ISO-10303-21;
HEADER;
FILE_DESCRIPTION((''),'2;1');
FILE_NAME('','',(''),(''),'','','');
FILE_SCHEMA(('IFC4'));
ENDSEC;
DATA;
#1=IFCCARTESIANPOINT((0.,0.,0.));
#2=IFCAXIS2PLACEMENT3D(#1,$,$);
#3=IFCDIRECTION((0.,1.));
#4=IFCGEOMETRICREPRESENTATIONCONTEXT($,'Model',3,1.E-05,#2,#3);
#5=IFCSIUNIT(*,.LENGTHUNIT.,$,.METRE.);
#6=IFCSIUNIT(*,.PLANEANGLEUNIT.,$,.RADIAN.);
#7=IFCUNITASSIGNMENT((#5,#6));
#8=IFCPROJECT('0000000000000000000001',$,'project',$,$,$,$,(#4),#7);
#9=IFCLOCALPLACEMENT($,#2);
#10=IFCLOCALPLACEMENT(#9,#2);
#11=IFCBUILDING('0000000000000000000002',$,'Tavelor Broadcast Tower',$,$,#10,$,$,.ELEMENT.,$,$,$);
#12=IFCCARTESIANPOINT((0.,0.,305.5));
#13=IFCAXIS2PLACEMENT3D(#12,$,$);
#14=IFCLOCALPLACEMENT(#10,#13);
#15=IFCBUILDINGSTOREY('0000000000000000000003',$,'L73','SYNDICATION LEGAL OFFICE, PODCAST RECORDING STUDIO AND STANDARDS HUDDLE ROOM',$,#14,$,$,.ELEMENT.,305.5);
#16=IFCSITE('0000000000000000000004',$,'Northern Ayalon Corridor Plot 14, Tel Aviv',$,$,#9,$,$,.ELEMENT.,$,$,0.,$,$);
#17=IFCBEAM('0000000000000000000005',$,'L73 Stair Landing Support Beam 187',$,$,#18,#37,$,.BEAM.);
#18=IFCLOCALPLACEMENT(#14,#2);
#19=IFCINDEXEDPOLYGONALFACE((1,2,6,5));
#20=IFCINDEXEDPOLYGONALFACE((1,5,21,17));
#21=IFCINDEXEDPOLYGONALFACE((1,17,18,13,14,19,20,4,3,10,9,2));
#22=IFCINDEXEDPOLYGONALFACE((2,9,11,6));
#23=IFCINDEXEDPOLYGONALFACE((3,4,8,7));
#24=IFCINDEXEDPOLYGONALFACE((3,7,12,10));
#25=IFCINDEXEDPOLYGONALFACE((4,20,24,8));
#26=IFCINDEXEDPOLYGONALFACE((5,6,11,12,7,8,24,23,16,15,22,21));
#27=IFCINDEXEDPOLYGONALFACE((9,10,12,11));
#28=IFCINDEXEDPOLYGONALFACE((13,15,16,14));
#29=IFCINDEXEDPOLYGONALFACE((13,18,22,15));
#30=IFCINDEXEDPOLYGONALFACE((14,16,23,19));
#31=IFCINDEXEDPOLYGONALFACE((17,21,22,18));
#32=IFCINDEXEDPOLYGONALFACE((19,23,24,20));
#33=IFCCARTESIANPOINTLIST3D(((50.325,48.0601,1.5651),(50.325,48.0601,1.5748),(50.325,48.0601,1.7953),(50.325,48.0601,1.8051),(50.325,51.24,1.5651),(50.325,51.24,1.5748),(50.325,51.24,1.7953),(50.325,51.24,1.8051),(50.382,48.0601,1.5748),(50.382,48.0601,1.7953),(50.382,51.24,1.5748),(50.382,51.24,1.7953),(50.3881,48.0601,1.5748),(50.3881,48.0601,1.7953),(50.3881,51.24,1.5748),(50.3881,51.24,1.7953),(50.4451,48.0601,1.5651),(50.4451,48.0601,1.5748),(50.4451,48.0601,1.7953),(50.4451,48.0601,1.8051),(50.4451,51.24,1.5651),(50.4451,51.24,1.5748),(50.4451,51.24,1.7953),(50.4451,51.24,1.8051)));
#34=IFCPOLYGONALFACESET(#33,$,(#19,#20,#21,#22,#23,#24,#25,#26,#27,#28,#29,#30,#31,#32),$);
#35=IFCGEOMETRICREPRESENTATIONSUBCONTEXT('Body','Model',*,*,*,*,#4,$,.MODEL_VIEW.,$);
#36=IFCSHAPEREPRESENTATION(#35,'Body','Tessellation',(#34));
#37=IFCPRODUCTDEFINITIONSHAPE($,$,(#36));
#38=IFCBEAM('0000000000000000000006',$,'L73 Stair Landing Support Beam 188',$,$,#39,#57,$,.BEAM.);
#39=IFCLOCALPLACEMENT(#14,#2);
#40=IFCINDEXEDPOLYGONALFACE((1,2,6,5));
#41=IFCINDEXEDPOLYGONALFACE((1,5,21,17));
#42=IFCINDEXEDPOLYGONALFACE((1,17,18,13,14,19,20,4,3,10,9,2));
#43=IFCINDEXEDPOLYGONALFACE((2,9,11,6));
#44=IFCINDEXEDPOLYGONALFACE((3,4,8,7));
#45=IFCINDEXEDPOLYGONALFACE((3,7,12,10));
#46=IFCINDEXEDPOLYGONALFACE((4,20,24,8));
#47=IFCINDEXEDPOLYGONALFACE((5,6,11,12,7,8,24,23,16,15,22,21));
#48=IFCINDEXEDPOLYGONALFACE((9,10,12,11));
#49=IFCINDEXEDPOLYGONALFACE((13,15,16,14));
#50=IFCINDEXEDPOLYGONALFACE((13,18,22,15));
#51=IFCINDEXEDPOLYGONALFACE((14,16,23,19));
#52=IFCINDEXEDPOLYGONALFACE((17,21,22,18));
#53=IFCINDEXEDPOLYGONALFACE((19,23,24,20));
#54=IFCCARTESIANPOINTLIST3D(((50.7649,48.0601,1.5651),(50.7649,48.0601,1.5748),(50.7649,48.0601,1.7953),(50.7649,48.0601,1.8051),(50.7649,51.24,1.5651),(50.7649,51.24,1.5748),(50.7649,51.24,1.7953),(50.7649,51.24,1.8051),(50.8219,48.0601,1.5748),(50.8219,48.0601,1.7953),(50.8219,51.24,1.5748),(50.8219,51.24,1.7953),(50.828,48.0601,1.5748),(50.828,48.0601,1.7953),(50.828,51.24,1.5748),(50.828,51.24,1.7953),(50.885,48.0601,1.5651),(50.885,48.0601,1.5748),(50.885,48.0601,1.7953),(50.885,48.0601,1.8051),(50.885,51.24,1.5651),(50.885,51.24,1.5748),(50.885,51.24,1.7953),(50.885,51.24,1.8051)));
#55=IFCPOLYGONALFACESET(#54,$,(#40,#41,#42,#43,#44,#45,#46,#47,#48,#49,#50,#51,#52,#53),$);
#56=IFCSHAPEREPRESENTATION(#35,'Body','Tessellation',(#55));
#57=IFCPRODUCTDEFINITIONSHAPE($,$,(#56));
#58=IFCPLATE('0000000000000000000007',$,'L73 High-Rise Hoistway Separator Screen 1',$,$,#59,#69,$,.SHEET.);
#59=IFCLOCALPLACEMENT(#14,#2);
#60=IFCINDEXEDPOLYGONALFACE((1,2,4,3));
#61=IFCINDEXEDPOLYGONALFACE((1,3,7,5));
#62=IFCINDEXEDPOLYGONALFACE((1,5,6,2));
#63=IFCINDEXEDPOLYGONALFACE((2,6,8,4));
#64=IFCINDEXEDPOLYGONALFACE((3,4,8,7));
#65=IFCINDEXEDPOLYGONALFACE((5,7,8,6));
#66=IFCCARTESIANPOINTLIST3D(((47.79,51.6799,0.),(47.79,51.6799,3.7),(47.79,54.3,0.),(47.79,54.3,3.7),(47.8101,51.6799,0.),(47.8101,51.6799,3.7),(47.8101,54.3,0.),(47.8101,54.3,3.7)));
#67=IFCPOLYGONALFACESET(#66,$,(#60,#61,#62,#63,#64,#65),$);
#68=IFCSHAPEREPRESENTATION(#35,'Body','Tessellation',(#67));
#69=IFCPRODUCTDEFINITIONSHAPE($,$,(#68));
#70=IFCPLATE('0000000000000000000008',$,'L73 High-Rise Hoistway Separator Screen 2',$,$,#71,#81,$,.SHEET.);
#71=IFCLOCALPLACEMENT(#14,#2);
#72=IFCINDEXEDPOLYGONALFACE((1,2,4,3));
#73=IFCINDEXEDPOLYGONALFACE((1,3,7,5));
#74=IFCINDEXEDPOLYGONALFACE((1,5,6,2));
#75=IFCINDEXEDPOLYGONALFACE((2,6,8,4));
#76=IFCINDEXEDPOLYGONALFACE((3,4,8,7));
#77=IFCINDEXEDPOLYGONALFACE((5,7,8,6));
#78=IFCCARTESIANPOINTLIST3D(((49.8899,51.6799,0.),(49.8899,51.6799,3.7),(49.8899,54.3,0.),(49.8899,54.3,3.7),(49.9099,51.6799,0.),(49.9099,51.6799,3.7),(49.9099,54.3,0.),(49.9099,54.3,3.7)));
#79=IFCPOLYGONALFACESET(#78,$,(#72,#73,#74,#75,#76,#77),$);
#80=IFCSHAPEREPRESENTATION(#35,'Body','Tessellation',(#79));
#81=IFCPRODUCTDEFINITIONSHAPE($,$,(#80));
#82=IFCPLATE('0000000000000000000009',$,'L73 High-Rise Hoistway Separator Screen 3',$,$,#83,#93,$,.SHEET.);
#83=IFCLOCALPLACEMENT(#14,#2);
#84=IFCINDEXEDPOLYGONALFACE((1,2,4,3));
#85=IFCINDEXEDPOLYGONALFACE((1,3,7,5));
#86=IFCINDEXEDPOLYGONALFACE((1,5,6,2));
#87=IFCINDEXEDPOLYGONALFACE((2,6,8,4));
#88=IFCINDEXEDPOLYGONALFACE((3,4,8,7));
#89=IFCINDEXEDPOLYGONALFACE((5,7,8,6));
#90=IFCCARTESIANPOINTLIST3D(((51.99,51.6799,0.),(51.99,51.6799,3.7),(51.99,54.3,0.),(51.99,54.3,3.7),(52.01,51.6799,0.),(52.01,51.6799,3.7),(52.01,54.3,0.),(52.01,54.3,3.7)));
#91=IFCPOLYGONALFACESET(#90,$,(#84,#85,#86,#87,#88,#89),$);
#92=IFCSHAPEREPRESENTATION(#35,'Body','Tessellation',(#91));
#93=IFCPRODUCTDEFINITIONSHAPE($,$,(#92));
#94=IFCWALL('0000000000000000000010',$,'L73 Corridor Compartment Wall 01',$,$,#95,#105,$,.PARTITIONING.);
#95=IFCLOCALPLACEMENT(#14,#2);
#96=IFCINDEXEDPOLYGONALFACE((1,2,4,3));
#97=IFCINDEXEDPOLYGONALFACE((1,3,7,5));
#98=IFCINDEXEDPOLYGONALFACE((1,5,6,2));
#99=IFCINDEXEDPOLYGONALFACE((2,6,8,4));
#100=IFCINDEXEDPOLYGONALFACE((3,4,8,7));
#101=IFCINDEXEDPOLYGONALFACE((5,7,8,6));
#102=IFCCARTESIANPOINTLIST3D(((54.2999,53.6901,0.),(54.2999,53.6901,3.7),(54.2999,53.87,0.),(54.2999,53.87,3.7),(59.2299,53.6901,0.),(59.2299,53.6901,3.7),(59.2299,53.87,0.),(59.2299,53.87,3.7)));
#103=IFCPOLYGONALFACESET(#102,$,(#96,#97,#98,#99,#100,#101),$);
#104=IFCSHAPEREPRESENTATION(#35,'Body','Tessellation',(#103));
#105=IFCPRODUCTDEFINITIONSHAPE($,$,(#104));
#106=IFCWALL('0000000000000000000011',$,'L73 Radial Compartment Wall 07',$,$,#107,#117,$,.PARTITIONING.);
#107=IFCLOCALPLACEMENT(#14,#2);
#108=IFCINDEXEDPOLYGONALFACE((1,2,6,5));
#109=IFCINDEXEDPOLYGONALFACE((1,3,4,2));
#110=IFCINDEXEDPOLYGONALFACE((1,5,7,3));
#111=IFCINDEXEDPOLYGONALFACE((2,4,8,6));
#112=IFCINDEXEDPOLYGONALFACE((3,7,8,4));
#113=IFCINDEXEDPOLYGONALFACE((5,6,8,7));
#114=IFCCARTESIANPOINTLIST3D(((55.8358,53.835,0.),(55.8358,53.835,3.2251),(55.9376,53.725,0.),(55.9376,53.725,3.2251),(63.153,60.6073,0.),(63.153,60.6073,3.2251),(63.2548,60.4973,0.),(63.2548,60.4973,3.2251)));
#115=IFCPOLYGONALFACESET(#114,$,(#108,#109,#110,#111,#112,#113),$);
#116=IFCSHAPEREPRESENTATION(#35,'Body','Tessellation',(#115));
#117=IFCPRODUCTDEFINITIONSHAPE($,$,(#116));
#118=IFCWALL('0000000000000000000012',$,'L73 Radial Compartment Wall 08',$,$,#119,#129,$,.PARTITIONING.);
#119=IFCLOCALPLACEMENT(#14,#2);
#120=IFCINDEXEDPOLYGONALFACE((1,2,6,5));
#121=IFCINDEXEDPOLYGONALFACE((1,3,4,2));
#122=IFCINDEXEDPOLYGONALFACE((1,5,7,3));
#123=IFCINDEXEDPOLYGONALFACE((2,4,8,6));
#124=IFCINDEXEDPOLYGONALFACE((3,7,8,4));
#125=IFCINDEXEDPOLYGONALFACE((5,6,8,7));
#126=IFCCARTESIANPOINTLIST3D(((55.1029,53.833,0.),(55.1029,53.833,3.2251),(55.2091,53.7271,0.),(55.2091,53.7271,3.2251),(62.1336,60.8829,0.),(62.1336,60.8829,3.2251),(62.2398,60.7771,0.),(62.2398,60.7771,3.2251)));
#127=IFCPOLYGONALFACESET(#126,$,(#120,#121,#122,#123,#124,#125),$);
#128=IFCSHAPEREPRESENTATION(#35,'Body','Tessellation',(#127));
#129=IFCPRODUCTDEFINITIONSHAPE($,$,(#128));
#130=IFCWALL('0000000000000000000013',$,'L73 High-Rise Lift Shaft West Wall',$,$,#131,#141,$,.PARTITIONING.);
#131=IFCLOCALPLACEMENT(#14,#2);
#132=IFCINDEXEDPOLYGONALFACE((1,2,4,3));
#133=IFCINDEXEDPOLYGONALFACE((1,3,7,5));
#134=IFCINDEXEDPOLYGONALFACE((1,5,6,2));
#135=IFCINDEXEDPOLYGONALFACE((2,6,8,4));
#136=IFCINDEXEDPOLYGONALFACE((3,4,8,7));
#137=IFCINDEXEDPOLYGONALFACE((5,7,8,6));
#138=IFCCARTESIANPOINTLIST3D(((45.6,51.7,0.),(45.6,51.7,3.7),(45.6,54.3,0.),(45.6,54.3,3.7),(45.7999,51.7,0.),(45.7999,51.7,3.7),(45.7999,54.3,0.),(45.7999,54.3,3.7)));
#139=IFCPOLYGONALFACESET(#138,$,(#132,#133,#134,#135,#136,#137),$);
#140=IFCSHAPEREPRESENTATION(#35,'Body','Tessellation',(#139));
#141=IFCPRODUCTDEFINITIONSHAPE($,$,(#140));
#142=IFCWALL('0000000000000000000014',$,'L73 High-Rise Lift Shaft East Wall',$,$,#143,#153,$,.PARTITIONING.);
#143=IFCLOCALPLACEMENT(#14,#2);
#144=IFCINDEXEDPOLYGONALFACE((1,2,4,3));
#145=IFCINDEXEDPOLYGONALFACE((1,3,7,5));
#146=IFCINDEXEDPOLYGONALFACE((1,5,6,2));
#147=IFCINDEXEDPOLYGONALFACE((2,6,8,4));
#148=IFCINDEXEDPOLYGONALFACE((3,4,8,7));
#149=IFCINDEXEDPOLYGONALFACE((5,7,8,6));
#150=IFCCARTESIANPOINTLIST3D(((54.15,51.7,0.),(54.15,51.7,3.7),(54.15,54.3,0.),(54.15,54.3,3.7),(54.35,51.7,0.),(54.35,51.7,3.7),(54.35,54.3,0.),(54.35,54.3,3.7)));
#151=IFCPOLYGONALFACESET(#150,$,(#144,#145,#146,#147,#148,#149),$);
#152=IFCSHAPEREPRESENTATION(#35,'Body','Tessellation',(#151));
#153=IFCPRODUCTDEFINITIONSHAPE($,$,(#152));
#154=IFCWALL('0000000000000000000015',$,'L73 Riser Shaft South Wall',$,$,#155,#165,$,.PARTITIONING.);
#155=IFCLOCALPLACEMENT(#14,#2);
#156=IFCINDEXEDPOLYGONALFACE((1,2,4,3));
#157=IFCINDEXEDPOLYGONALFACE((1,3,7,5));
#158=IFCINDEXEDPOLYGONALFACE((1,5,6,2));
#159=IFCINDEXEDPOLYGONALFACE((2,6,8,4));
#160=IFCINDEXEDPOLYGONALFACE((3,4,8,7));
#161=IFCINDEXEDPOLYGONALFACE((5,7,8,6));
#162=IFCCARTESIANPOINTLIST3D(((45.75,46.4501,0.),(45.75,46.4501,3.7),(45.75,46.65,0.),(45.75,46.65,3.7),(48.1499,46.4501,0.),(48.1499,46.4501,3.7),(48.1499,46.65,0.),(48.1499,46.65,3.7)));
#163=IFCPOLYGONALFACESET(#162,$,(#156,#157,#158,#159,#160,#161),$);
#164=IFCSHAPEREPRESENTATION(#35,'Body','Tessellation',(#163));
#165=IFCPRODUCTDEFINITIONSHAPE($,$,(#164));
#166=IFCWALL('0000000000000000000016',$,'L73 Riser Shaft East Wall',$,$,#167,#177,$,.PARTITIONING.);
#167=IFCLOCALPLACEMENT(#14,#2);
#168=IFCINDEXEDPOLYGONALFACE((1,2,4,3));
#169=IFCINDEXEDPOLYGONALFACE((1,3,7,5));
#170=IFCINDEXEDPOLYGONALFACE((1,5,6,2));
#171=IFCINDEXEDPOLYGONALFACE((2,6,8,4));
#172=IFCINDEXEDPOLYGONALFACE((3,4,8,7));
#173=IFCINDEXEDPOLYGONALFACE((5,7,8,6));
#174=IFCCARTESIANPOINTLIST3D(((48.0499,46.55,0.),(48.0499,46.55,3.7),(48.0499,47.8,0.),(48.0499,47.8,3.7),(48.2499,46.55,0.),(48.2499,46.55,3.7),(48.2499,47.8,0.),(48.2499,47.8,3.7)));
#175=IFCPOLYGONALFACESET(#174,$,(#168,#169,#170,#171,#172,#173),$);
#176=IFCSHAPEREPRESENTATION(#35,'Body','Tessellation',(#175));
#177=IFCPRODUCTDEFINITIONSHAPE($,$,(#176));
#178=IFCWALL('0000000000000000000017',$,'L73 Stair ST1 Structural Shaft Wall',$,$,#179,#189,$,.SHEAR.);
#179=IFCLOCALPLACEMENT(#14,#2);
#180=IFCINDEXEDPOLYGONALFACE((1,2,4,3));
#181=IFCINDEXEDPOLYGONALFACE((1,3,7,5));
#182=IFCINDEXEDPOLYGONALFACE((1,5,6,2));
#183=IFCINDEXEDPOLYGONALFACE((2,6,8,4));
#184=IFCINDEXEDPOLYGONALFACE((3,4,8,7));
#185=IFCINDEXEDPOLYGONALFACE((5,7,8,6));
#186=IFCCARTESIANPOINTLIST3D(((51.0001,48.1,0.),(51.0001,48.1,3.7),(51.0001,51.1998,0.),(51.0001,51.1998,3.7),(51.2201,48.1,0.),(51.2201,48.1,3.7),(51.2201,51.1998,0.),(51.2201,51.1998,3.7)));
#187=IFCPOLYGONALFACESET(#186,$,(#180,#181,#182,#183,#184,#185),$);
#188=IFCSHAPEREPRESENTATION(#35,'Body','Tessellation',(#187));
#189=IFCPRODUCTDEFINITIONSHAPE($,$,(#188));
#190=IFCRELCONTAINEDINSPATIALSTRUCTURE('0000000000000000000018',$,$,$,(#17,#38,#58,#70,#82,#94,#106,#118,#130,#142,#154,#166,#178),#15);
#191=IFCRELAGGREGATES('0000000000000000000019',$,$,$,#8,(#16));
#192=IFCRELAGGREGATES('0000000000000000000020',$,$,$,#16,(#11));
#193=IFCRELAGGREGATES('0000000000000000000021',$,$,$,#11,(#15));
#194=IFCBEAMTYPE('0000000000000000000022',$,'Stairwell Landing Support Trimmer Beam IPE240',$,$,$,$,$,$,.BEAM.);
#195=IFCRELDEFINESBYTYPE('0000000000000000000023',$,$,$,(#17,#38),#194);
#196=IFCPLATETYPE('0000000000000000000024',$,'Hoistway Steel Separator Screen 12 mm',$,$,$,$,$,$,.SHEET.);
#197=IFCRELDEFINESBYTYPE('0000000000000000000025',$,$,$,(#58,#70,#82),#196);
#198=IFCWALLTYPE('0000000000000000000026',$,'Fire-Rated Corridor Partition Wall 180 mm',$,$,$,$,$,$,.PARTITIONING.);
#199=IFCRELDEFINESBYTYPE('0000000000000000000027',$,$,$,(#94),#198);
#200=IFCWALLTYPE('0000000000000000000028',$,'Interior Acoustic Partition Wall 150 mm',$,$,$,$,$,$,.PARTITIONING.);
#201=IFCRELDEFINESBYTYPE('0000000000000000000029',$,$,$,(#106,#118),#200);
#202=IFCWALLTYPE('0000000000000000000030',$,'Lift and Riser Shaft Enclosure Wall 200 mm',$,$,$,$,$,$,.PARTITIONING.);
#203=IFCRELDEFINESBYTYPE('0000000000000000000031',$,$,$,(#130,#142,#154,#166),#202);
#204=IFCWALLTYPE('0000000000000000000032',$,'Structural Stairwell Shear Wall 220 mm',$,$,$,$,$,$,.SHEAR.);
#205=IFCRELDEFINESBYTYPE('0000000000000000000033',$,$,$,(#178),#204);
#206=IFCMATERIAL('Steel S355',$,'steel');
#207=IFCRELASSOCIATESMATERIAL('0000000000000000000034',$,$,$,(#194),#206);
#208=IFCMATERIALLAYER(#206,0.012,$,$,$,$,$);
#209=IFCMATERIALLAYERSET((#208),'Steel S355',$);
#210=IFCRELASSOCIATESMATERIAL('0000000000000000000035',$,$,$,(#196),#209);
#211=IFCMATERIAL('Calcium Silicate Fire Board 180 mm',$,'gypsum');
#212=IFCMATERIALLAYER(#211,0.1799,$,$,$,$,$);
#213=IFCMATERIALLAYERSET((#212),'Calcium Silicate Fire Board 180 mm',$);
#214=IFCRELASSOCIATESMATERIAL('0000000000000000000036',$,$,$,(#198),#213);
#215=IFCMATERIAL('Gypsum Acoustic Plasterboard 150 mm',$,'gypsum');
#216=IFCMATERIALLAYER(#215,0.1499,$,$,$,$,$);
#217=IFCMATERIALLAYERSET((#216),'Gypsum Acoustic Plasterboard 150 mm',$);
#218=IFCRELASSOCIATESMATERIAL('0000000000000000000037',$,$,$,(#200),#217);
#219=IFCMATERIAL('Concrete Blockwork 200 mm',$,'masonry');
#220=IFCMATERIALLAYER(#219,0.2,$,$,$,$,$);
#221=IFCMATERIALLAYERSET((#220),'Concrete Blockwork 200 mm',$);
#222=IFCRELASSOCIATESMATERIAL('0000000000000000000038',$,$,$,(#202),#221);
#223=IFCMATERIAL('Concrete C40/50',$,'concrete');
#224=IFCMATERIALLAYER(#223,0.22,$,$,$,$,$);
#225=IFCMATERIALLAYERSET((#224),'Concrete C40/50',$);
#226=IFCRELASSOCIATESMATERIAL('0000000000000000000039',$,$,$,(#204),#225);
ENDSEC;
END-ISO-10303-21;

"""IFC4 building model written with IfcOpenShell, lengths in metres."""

from ifc_helpers import new_model, si_unit, direction, frame, frame_2d, origin, origin_2d, place, context, subcontext, project, spatial, rectangle, i_section, extrude, source, transform, mapped, material, layer, layer_set, material_profile, profile_set, type_object, type_shapes, element, save


model = new_model("IFC4")

# Units and contexts
model_context = context("Model", 3, precision=1e-05, world=origin(), true_north=direction((0.0, 1.0)))
body_context = subcontext(model_context, "Body", "Model", "MODEL_VIEW")
ifc_project = project(units=[si_unit("LENGTHUNIT", "METRE"), si_unit("PLANEANGLEUNIT", "RADIAN")], contexts=[model_context])

# Site, building, storey
site_placement = place(None, origin())
site = spatial("IfcSite", under=ifc_project, at=site_placement, Name="Northern Ayalon Corridor Plot 14, Tel Aviv", CompositionType="ELEMENT", RefElevation=0.0)
building_placement = place(site_placement, origin())
building = spatial("IfcBuilding", under=site, at=building_placement, Name="Tavelor Broadcast Tower", CompositionType="ELEMENT")
storey_placement = place(building_placement, frame((0.0, 0.0, 305.5)))
storey = spatial("IfcBuildingStorey", under=building, at=storey_placement, Name="L73", Description="SYNDICATION LEGAL OFFICE, PODCAST RECORDING STUDIO AND STANDARDS HUDDLE ROOM", CompositionType="ELEMENT", Elevation=305.5)

# Beams
ifc_material_1 = material(Name="Steel S355", Category="steel")
ifc_material_profile = material_profile(ifc_material_1, i_section(OverallWidth=0.1201, OverallDepth=0.24, WebThickness=0.0061, FlangeThickness=0.0098, at=origin_2d()), Name="IPE 240")
ifc_profile_set = profile_set([ifc_material_profile], Name="Steel S355")
beam_type = type_object("IfcBeamType", Name="Stairwell Landing Support Trimmer Beam IPE240", PredefinedType="BEAM", material=ifc_profile_set)
for number, where, z_axis, x_axis, name in (
    (1, (50.385, 48.0601, 1.6851), (0.0, 1.0, 0.0), (-1.0, 0.0, 0.0), "L73 Stair Landing Support Beam 187"),
    (2, (50.825, 48.0601, 1.6851), (0.0, 1.0, 0.0), (-1.0, 0.0, 0.0), "L73 Stair Landing Support Beam 188"),
):
    element("IfcBeam", number, at=place(storey_placement, frame(where, z_axis=z_axis, x_axis=x_axis)), inside=storey, type_object=beam_type, Name=name, PredefinedType="BEAM", context=body_context, shape_type="SweptSolid", body=[
        extrude(i_section(OverallWidth=0.1201, OverallDepth=0.24, WebThickness=0.0061, FlangeThickness=0.0098, at=origin_2d()), origin(), (0.0, 0.0, 1.0), 3.1799),
    ])

# Plates
ifc_layer_1 = layer(ifc_material_1, 0.012)
ifc_layer_set_1 = layer_set([ifc_layer_1], Name="Steel S355")
plate_type = type_object("IfcPlateType", Name="Hoistway Steel Separator Screen 12 mm", PredefinedType="SHEET", material=ifc_layer_set_1)
shared_shape = source(origin(), body_context, "Body", "SweptSolid", [
    extrude(rectangle(XDim=0.02, YDim=2.6201, at=origin_2d()), origin(), (0.0, 0.0, 1.0), 3.7),
])
type_shapes(plate_type, [shared_shape])
for number, where, z_axis, x_axis, name in (
    (3, (47.8, 52.99, 0.0), (0.0, 0.0, 1.0), (1.0, 0.0, 0.0), "L73 High-Rise Hoistway Separator Screen 1"),
    (4, (49.8999, 52.99, 0.0), (0.0, 0.0, 1.0), (1.0, 0.0, 0.0), "L73 High-Rise Hoistway Separator Screen 2"),
    (5, (52.0, 52.99, 0.0), (0.0, 0.0, 1.0), (1.0, 0.0, 0.0), "L73 High-Rise Hoistway Separator Screen 3"),
):
    element("IfcPlate", number, at=place(storey_placement, frame(where, z_axis=z_axis, x_axis=x_axis)), inside=storey, type_object=plate_type, Name=name, PredefinedType="SHEET", context=body_context, shape_type="MappedRepresentation", body=[
        mapped(shared_shape, transform((0.0, 0.0, 0.0), scale=1.0)),
    ])

# Walls
ifc_material_2 = material(Name="Calcium Silicate Fire Board 180 mm", Category="gypsum")
ifc_layer_2 = layer(ifc_material_2, 0.1799)
ifc_layer_set_2 = layer_set([ifc_layer_2], Name="Calcium Silicate Fire Board 180 mm")
wall_type_1 = type_object("IfcWallType", Name="Fire-Rated Corridor Partition Wall 180 mm", PredefinedType="PARTITIONING", material=ifc_layer_set_2)
wall_1_placement = place(storey_placement, frame((54.3, 53.78, 0.0), z_axis=(0.0, 0.0, 1.0), x_axis=(1.0, 0.0, 0.0)))
element("IfcWall", 6, at=wall_1_placement, inside=storey, type_object=wall_type_1, Name="L73 Corridor Compartment Wall 01", PredefinedType="PARTITIONING", context=body_context, shape_type="SweptSolid", body=[
    extrude(rectangle(XDim=4.9299, YDim=0.1799, at=frame_2d((2.4648, 0.0))), origin(), (0.0, 0.0, 1.0), 3.7),
])
ifc_material_3 = material(Name="Gypsum Acoustic Plasterboard 150 mm", Category="gypsum")
ifc_layer_3 = layer(ifc_material_3, 0.1499)
ifc_layer_set_3 = layer_set([ifc_layer_3], Name="Gypsum Acoustic Plasterboard 150 mm")
wall_type_2 = type_object("IfcWallType", Name="Interior Acoustic Partition Wall 150 mm", PredefinedType="PARTITIONING", material=ifc_layer_set_3)
wall_2_placement = place(storey_placement, frame((55.8867, 53.78, 0.0), z_axis=(0.0, 0.0, 1.0), x_axis=(0.733906, 0.679251, 0.0)))
element("IfcWall", 7, at=wall_2_placement, inside=storey, type_object=wall_type_2, Name="L73 Radial Compartment Wall 07", PredefinedType="PARTITIONING", context=body_context, shape_type="SweptSolid", body=[
    extrude(rectangle(XDim=9.9702, YDim=0.1499, at=frame_2d((4.9851, 0.0))), origin(), (0.0, 0.0, 1.0), 3.2251),
])
wall_3_placement = place(storey_placement, frame((55.156, 53.78, 0.0), z_axis=(0.0, 0.0, 1.0), x_axis=(0.706138, 0.708075, 0.0)))
element("IfcWall", 8, at=wall_3_placement, inside=storey, type_object=wall_type_2, Name="L73 Radial Compartment Wall 08", PredefinedType="PARTITIONING", context=body_context, shape_type="SweptSolid", body=[
    extrude(rectangle(XDim=9.9565, YDim=0.1499, at=frame_2d((4.9783, 0.0))), origin(), (0.0, 0.0, 1.0), 3.2251),
])
ifc_material_4 = material(Name="Concrete Blockwork 200 mm", Category="masonry")
ifc_layer_4 = layer(ifc_material_4, 0.2)
ifc_layer_set_4 = layer_set([ifc_layer_4], Name="Concrete Blockwork 200 mm")
wall_type_3 = type_object("IfcWallType", Name="Lift and Riser Shaft Enclosure Wall 200 mm", PredefinedType="PARTITIONING", material=ifc_layer_set_4)
for number, where, z_axis, x_axis, name in (
    (9, (45.7, 51.7, 0.0), (0.0, 0.0, 1.0), (0.0, 1.0, 0.0), "L73 High-Rise Lift Shaft West Wall"),
    (10, (54.25, 51.7, 0.0), (0.0, 0.0, 1.0), (0.0, 1.0, 0.0), "L73 High-Rise Lift Shaft East Wall"),
):
    element("IfcWall", number, at=place(storey_placement, frame(where, z_axis=z_axis, x_axis=x_axis)), inside=storey, type_object=wall_type_3, Name=name, PredefinedType="PARTITIONING", context=body_context, shape_type="SweptSolid", body=[
        extrude(rectangle(XDim=2.6001, YDim=0.2, at=frame_2d((1.3, 0.0))), origin(), (0.0, 0.0, 1.0), 3.7),
    ])
wall_4_placement = place(storey_placement, frame((45.75, 46.55, 0.0), z_axis=(0.0, 0.0, 1.0), x_axis=(1.0, 0.0, 0.0)))
element("IfcWall", 11, at=wall_4_placement, inside=storey, type_object=wall_type_3, Name="L73 Riser Shaft South Wall", PredefinedType="PARTITIONING", context=body_context, shape_type="SweptSolid", body=[
    extrude(rectangle(XDim=2.3999, YDim=0.2, at=frame_2d((1.2, 0.0))), origin(), (0.0, 0.0, 1.0), 3.7),
])
wall_5_placement = place(storey_placement, frame((48.1499, 46.55, 0.0), z_axis=(0.0, 0.0, 1.0), x_axis=(0.0, 1.0, 0.0)))
element("IfcWall", 12, at=wall_5_placement, inside=storey, type_object=wall_type_3, Name="L73 Riser Shaft East Wall", PredefinedType="PARTITIONING", context=body_context, shape_type="SweptSolid", body=[
    extrude(rectangle(XDim=1.25, YDim=0.2, at=frame_2d((0.625, 0.0))), origin(), (0.0, 0.0, 1.0), 3.7),
])
ifc_material_5 = material(Name="Concrete C40/50", Category="concrete")
ifc_layer_5 = layer(ifc_material_5, 0.22)
ifc_layer_set_5 = layer_set([ifc_layer_5], Name="Concrete C40/50")
wall_type_4 = type_object("IfcWallType", Name="Structural Stairwell Shear Wall 220 mm", PredefinedType="SHEAR", material=ifc_layer_set_5)
wall_6_placement = place(storey_placement, frame((51.1101, 48.1001, 0.0), z_axis=(0.0, 0.0, 1.0), x_axis=(0.0, 1.0, 0.0)))
element("IfcWall", 13, at=wall_6_placement, inside=storey, type_object=wall_type_4, Name="L73 Stair ST1 Structural Shaft Wall", PredefinedType="SHEAR", context=body_context, shape_type="SweptSolid", body=[
    extrude(rectangle(XDim=3.0999, YDim=0.22, at=frame_2d((1.5498, 0.0))), origin(), (0.0, 0.0, 1.0), 3.7),
])

save(model, "model.ifc")
